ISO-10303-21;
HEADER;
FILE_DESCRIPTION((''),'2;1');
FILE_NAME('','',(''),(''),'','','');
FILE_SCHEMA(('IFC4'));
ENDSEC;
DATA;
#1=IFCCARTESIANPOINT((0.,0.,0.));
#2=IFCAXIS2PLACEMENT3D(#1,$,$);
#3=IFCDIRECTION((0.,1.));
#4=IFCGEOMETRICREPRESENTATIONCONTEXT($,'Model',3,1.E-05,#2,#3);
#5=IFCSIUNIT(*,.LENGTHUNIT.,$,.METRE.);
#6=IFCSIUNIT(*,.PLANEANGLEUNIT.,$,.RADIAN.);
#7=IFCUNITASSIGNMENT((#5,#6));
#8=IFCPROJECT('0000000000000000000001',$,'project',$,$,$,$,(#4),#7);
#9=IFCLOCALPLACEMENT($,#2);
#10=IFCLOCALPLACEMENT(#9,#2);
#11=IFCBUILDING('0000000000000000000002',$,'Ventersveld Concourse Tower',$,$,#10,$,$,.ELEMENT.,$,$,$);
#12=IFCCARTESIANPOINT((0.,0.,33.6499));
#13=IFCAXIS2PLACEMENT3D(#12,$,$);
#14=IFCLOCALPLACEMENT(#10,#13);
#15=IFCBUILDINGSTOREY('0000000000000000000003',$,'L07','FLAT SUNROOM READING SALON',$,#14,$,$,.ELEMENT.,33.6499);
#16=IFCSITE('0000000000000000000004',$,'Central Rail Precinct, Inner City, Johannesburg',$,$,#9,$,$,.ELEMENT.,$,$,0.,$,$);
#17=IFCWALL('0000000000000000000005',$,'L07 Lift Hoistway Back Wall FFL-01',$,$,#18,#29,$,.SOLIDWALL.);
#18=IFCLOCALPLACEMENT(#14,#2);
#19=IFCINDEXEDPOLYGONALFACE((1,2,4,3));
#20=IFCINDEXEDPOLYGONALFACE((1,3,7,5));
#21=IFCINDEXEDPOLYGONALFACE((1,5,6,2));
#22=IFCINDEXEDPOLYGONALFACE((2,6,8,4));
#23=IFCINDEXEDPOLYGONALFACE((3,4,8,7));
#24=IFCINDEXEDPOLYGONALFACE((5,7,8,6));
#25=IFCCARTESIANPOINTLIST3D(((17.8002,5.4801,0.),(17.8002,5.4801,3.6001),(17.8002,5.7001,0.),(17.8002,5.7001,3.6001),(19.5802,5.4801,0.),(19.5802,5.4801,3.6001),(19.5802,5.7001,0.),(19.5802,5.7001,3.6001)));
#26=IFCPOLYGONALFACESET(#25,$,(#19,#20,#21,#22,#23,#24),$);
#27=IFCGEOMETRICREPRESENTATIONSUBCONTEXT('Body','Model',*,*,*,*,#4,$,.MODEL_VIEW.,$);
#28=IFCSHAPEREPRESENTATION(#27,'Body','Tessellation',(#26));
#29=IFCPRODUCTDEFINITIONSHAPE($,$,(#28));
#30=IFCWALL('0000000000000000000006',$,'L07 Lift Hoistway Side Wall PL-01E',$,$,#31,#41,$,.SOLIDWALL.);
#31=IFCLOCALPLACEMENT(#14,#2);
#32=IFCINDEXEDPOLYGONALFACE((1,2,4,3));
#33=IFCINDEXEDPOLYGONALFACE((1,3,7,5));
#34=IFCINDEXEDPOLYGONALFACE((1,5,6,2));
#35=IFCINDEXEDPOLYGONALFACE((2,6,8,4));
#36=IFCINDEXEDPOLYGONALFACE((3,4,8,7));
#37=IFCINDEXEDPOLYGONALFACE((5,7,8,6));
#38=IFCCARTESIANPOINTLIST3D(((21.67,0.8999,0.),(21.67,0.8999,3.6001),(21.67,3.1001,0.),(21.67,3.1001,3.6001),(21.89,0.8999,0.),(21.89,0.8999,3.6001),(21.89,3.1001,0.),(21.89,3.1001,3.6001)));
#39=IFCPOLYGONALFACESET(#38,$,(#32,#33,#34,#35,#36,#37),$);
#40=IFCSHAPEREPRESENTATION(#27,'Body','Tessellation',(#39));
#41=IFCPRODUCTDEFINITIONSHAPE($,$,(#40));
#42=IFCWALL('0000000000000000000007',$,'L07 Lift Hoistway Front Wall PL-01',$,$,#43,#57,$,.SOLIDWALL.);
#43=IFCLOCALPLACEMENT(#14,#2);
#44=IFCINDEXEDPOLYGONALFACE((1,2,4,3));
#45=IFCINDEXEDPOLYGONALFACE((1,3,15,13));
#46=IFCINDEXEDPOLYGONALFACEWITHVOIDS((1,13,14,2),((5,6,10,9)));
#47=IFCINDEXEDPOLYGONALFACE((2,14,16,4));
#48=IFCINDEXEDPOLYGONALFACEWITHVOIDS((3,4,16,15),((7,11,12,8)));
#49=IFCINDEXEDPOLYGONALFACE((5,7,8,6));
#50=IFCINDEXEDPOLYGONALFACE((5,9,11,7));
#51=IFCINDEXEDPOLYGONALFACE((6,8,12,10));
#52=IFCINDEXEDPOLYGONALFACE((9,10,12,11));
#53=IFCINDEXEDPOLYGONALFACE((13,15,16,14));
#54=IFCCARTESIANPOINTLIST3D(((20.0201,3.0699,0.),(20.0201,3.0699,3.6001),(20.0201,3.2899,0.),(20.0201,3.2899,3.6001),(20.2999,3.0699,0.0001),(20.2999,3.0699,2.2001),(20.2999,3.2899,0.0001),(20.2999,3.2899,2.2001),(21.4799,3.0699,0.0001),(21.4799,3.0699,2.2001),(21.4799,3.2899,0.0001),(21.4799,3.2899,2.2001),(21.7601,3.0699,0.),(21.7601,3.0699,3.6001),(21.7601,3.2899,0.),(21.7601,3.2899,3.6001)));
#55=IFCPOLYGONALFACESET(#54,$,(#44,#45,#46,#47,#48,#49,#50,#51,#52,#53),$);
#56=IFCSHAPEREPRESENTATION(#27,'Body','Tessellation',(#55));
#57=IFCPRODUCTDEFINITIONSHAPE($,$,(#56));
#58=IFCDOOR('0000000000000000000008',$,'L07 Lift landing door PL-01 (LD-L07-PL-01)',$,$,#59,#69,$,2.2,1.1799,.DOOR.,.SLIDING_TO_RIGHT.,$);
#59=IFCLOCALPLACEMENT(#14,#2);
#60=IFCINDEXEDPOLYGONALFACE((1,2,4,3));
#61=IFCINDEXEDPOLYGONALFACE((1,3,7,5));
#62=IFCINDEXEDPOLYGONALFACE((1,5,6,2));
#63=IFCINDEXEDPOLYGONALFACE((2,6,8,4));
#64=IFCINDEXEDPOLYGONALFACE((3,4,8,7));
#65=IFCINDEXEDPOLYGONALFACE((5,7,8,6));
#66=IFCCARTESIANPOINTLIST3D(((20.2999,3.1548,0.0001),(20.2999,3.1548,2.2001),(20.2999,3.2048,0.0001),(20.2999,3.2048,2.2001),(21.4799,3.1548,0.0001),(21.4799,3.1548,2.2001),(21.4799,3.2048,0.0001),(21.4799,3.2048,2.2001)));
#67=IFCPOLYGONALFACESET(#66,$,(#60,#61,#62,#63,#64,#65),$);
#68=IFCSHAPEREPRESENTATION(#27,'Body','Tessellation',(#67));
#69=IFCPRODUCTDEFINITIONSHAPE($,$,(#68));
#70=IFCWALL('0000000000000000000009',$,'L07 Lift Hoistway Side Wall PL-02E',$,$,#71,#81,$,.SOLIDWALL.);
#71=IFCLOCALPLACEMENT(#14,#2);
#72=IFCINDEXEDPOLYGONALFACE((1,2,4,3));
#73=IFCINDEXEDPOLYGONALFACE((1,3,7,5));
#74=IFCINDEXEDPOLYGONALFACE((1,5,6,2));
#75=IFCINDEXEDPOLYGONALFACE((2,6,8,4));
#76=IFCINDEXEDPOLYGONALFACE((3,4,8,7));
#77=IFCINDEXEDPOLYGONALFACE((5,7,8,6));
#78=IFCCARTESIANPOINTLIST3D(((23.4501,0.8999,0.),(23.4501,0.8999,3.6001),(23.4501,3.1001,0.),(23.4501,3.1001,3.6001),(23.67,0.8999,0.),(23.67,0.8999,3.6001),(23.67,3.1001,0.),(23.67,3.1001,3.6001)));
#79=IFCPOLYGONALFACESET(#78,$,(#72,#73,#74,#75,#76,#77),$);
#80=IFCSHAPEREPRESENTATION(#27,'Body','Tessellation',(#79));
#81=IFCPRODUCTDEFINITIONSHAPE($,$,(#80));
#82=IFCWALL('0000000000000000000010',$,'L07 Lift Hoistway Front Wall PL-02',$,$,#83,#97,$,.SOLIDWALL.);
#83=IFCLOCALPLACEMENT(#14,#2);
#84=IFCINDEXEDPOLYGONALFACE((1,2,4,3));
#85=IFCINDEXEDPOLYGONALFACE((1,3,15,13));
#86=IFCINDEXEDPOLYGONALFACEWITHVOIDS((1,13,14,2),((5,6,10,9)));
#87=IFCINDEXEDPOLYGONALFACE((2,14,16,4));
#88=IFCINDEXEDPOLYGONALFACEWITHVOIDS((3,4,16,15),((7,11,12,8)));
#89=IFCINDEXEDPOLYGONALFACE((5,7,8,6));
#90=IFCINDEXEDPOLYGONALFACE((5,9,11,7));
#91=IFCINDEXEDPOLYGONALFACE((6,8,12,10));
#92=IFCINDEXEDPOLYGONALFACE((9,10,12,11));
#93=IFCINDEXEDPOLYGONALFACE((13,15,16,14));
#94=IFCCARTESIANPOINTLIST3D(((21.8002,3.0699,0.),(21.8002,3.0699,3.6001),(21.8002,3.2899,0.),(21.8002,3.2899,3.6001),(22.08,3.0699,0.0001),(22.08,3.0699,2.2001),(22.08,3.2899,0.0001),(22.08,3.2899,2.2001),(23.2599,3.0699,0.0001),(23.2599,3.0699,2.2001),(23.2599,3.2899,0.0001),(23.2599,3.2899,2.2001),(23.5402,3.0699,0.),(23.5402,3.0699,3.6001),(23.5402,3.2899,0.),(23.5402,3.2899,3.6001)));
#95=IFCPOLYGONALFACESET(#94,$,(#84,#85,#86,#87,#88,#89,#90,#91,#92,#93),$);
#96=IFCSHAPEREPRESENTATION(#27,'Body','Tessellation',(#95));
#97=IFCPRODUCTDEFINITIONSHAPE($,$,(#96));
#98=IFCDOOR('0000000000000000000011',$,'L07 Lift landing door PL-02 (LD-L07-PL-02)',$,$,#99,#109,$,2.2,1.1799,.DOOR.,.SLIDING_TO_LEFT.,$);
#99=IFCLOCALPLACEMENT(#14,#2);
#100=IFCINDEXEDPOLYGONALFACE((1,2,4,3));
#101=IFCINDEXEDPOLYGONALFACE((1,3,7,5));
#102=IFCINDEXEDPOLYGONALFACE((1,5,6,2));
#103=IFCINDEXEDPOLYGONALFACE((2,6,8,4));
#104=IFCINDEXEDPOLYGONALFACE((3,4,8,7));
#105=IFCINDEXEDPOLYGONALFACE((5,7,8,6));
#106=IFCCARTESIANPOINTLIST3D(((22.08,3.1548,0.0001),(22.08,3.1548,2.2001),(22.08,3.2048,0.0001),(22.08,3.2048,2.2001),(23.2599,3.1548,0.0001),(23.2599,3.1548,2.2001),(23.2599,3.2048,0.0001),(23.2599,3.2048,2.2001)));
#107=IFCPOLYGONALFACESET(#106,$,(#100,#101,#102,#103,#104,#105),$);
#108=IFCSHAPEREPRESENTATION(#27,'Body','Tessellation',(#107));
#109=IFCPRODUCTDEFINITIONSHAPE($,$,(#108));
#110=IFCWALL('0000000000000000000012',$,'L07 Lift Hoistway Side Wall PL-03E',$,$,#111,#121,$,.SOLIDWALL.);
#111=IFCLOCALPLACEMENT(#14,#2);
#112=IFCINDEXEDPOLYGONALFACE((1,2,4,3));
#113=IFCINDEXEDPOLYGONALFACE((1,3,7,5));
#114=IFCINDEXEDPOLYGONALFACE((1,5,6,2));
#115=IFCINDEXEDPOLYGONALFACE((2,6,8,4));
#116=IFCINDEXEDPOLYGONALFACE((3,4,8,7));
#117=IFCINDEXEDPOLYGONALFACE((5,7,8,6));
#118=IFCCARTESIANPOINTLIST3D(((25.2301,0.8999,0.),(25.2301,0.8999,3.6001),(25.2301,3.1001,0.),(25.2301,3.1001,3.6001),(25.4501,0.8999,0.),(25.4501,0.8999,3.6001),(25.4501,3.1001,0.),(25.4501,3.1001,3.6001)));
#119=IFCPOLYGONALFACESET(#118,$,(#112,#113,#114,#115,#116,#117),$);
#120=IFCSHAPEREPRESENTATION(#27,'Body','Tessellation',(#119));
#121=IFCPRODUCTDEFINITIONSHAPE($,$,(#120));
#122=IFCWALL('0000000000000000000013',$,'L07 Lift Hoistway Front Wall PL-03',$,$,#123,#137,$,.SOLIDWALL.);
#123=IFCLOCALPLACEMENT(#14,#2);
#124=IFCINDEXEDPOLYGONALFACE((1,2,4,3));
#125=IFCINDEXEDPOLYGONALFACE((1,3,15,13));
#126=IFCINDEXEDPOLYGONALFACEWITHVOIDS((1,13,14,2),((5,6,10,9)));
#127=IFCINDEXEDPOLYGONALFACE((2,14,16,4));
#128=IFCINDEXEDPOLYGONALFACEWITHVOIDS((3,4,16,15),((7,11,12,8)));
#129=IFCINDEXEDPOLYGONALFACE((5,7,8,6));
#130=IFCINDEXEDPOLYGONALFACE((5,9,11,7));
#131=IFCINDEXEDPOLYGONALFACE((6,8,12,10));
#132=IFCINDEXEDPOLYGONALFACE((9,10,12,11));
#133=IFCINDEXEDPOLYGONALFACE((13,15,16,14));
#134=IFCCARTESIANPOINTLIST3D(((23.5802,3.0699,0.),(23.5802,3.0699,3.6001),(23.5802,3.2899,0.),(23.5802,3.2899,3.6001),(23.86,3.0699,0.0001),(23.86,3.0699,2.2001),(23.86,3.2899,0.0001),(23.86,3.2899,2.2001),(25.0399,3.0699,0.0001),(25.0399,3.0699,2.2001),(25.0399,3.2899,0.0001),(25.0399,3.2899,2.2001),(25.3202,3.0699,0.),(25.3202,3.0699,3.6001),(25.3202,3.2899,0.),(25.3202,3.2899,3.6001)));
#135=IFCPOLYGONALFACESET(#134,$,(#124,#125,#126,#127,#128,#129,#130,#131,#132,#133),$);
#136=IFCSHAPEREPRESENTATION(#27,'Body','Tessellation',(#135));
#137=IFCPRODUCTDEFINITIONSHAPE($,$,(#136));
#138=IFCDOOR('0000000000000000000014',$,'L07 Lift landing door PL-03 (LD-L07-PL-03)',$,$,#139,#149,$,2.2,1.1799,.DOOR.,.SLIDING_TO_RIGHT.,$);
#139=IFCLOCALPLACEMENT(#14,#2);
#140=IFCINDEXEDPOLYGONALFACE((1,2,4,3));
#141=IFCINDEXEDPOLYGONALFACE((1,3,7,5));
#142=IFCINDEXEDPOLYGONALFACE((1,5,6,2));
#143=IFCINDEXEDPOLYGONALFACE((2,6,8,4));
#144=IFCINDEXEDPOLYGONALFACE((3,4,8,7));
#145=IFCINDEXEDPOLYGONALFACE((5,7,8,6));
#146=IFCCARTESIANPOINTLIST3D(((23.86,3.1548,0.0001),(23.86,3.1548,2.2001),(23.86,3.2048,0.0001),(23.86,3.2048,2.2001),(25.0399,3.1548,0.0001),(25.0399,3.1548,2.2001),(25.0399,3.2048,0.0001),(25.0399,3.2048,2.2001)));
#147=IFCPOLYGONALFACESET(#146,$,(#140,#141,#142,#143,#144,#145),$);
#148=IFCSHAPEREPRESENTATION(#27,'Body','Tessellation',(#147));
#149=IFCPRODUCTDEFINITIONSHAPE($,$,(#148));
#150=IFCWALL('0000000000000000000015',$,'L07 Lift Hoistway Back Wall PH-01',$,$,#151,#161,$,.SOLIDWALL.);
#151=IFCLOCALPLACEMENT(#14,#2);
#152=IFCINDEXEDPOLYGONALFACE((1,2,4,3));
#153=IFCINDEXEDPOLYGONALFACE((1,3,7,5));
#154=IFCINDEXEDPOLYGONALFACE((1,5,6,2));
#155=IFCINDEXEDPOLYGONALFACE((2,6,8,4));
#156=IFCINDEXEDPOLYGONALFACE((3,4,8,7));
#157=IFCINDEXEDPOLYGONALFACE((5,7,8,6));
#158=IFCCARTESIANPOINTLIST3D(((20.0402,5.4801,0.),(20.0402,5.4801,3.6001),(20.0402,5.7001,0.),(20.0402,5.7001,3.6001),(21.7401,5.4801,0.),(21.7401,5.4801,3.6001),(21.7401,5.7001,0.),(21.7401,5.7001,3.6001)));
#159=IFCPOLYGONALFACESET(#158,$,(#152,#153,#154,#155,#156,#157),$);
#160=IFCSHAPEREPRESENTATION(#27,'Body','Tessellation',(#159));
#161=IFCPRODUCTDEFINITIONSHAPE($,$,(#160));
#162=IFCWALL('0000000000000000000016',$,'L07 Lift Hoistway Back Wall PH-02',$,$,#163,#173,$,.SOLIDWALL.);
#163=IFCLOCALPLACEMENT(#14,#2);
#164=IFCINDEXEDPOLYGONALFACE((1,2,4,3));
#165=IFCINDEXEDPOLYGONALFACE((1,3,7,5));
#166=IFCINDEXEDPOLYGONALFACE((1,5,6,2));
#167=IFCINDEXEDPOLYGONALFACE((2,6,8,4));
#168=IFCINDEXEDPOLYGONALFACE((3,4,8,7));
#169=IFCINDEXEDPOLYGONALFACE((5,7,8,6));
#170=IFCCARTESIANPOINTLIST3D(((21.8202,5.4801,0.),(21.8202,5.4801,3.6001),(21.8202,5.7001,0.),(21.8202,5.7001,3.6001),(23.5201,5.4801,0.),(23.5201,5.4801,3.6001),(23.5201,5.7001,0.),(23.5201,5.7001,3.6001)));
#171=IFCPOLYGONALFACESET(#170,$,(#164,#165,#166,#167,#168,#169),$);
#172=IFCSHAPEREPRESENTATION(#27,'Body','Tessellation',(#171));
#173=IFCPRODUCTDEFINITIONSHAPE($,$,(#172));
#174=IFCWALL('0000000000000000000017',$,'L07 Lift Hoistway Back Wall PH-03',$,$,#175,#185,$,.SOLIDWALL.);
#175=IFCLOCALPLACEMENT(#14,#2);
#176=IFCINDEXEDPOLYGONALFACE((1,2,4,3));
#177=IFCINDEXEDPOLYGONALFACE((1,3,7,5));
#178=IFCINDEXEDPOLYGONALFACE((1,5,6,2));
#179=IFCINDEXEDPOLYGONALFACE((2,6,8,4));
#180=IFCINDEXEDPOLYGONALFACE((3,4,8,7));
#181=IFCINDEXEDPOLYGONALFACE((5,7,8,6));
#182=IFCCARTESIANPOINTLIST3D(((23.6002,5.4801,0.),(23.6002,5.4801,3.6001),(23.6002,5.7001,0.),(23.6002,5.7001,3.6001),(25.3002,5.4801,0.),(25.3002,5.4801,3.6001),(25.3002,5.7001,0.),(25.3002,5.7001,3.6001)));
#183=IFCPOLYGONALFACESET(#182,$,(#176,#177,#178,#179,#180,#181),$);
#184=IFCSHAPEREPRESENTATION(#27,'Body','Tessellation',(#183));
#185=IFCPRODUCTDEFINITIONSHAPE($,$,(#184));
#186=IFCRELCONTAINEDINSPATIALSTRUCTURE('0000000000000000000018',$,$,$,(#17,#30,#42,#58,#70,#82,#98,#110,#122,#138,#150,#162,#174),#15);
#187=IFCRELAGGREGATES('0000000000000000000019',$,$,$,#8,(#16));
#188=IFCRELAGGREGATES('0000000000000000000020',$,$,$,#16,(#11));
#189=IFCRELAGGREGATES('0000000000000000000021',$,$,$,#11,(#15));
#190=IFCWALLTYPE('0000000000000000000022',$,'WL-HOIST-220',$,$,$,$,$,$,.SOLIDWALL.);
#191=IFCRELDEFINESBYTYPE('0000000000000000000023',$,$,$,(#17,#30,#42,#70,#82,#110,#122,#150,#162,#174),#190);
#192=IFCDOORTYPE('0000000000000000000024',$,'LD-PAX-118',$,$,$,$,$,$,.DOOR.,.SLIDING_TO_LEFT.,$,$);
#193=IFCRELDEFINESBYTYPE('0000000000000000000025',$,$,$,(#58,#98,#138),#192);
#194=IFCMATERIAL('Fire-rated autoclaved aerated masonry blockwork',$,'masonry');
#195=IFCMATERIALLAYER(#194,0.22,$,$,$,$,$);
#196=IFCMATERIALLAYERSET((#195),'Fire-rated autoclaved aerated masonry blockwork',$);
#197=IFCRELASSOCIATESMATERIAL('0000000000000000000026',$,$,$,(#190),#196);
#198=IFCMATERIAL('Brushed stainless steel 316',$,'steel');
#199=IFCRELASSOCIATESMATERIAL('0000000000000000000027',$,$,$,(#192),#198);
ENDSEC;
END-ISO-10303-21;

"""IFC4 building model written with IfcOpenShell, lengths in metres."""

from ifc_helpers import new_model, si_unit, direction, frame, frame_2d, origin, place, context, subcontext, project, spatial, rectangle, extrude, material, layer, layer_set, type_object, element, fill, save


model = new_model("IFC4")

# Units and contexts
model_context = context("Model", 3, precision=1e-05, world=origin(), true_north=direction((0.0, 1.0)))
body_context = subcontext(model_context, "Body", "Model", "MODEL_VIEW")
ifc_project = project(units=[si_unit("LENGTHUNIT", "METRE"), si_unit("PLANEANGLEUNIT", "RADIAN")], contexts=[model_context])

# Site, building, storey
site_placement = place(None, origin())
site = spatial("IfcSite", under=ifc_project, at=site_placement, Name="Central Rail Precinct, Inner City, Johannesburg", CompositionType="ELEMENT", RefElevation=0.0)
building_placement = place(site_placement, origin())
building = spatial("IfcBuilding", under=site, at=building_placement, Name="Ventersveld Concourse Tower", CompositionType="ELEMENT")
storey_placement = place(building_placement, frame((0.0, 0.0, 33.6499)))
storey = spatial("IfcBuildingStorey", under=building, at=storey_placement, Name="L07", Description="FLAT SUNROOM READING SALON", CompositionType="ELEMENT", Elevation=33.6499)

# Walls
ifc_material_1 = material(Name="Fire-rated autoclaved aerated masonry blockwork", Category="masonry")
ifc_layer_1 = layer(ifc_material_1, 0.22)
ifc_layer_set_1 = layer_set([ifc_layer_1], Name="Fire-rated autoclaved aerated masonry blockwork")
wall_type_1 = type_object("IfcWallType", Name="WL-HOIST-220", PredefinedType="SOLIDWALL", material=ifc_layer_set_1)
wall_1_placement = place(storey_placement, frame((17.8, 5.5901, 0.0), z_axis=(0.0, 0.0, 1.0), x_axis=(1.0, 0.0, 0.0)))
element("IfcWall", 1, at=wall_1_placement, inside=storey, type_object=wall_type_1, Name="L07 Lift Hoistway Back Wall FFL-01", PredefinedType="SOLIDWALL", context=body_context, shape_type="SweptSolid", body=[
    extrude(rectangle(XDim=1.78, YDim=0.22, at=frame_2d((0.8901, 0.0))), origin(), (0.0, 0.0, 1.0), 3.6001),
])
wall_2_placement = place(storey_placement, frame((21.78, 0.8999, 0.0), z_axis=(0.0, 0.0, 1.0), x_axis=(0.0, 1.0, 0.0)))
element("IfcWall", 2, at=wall_2_placement, inside=storey, type_object=wall_type_1, Name="L07 Lift Hoistway Side Wall PL-01E", PredefinedType="SOLIDWALL", context=body_context, shape_type="SweptSolid", body=[
    extrude(rectangle(XDim=2.2002, YDim=0.22, at=frame_2d((1.1001, 0.0))), origin(), (0.0, 0.0, 1.0), 3.6001),
])

# Wall, opening, door
wall_3_placement = place(storey_placement, frame((20.02, 3.1799, 0.0), z_axis=(0.0, 0.0, 1.0), x_axis=(1.0, 0.0, 0.0)))
wall_3 = element("IfcWall", 3, at=wall_3_placement, inside=storey, type_object=wall_type_1, Name="L07 Lift Hoistway Front Wall PL-01", PredefinedType="SOLIDWALL", context=body_context, shape_type="SweptSolid", body=[
    extrude(rectangle(XDim=1.74, YDim=0.22, at=frame_2d((0.8701, 0.0))), origin(), (0.0, 0.0, 1.0), 3.6001),
])
opening_1_placement = place(wall_3_placement, frame((0.28, 0.0, 0.0)))
opening_1 = element("IfcOpeningElement", 4, at=opening_1_placement, cuts=wall_3, PredefinedType="OPENING", context=body_context, shape_type="SweptSolid", body=[
    extrude(rectangle(XDim=1.1799, YDim=2.2, at=frame_2d((0.5898, 1.1001))), frame((0.0, 0.1201, 0.0), z_axis=(0.0, -1.0, 0.0), x_axis=(1.0, 0.0, 0.0)), (0.0, 0.0, 1.0), 0.24),
])
ifc_material_2 = material(Name="Brushed stainless steel 316", Category="steel")
door_type = type_object("IfcDoorType", Name="LD-PAX-118", OperationType="SLIDING_TO_LEFT", PredefinedType="DOOR", material=ifc_material_2)
door_1_placement = place(opening_1_placement, origin())
door_1 = element("IfcDoor", 5, at=door_1_placement, inside=storey, type_object=door_type, Name="L07 Lift landing door PL-01 (LD-L07-PL-01)", OperationType="SLIDING_TO_RIGHT", OverallHeight=2.2, OverallWidth=1.1799, PredefinedType="DOOR", context=body_context, shape_type="SweptSolid", body=[
    extrude(rectangle(XDim=1.1799, YDim=2.2, at=frame_2d((0.5898, 1.1001))), frame((0.0, 0.0249, 0.0), z_axis=(0.0, -1.0, 0.0), x_axis=(1.0, 0.0, 0.0)), (0.0, 0.0, 1.0), 0.05),
])
fill(opening_1, door_1)

# Wall
wall_4_placement = place(storey_placement, frame((23.5601, 0.8999, 0.0), z_axis=(0.0, 0.0, 1.0), x_axis=(0.0, 1.0, 0.0)))
element("IfcWall", 6, at=wall_4_placement, inside=storey, type_object=wall_type_1, Name="L07 Lift Hoistway Side Wall PL-02E", PredefinedType="SOLIDWALL", context=body_context, shape_type="SweptSolid", body=[
    extrude(rectangle(XDim=2.2002, YDim=0.22, at=frame_2d((1.1001, 0.0))), origin(), (0.0, 0.0, 1.0), 3.6001),
])

# Wall, opening, door
wall_5_placement = place(storey_placement, frame((21.8, 3.1799, 0.0), z_axis=(0.0, 0.0, 1.0), x_axis=(1.0, 0.0, 0.0)))
wall_5 = element("IfcWall", 7, at=wall_5_placement, inside=storey, type_object=wall_type_1, Name="L07 Lift Hoistway Front Wall PL-02", PredefinedType="SOLIDWALL", context=body_context, shape_type="SweptSolid", body=[
    extrude(rectangle(XDim=1.74, YDim=0.22, at=frame_2d((0.8701, 0.0))), origin(), (0.0, 0.0, 1.0), 3.6001),
])
opening_2_placement = place(wall_5_placement, frame((0.28, 0.0, 0.0)))
opening_2 = element("IfcOpeningElement", 8, at=opening_2_placement, cuts=wall_5, PredefinedType="OPENING", context=body_context, shape_type="SweptSolid", body=[
    extrude(rectangle(XDim=1.1799, YDim=2.2, at=frame_2d((0.5898, 1.1001))), frame((0.0, 0.1201, 0.0), z_axis=(0.0, -1.0, 0.0), x_axis=(1.0, 0.0, 0.0)), (0.0, 0.0, 1.0), 0.24),
])
door_2_placement = place(opening_2_placement, origin())
door_2 = element("IfcDoor", 9, at=door_2_placement, inside=storey, type_object=door_type, Name="L07 Lift landing door PL-02 (LD-L07-PL-02)", OperationType="SLIDING_TO_LEFT", OverallHeight=2.2, OverallWidth=1.1799, PredefinedType="DOOR", context=body_context, shape_type="SweptSolid", body=[
    extrude(rectangle(XDim=1.1799, YDim=2.2, at=frame_2d((0.5898, 1.1001))), frame((0.0, 0.0249, 0.0), z_axis=(0.0, -1.0, 0.0), x_axis=(1.0, 0.0, 0.0)), (0.0, 0.0, 1.0), 0.05),
])
fill(opening_2, door_2)

# Wall
wall_6_placement = place(storey_placement, frame((25.3401, 0.8999, 0.0), z_axis=(0.0, 0.0, 1.0), x_axis=(0.0, 1.0, 0.0)))
element("IfcWall", 10, at=wall_6_placement, inside=storey, type_object=wall_type_1, Name="L07 Lift Hoistway Side Wall PL-03E", PredefinedType="SOLIDWALL", context=body_context, shape_type="SweptSolid", body=[
    extrude(rectangle(XDim=2.2002, YDim=0.22, at=frame_2d((1.1001, 0.0))), origin(), (0.0, 0.0, 1.0), 3.6001),
])

# Wall, opening, door
wall_7_placement = place(storey_placement, frame((23.5801, 3.1799, 0.0), z_axis=(0.0, 0.0, 1.0), x_axis=(1.0, 0.0, 0.0)))
wall_7 = element("IfcWall", 11, at=wall_7_placement, inside=storey, type_object=wall_type_1, Name="L07 Lift Hoistway Front Wall PL-03", PredefinedType="SOLIDWALL", context=body_context, shape_type="SweptSolid", body=[
    extrude(rectangle(XDim=1.74, YDim=0.22, at=frame_2d((0.8701, 0.0))), origin(), (0.0, 0.0, 1.0), 3.6001),
])
opening_3_placement = place(wall_7_placement, frame((0.28, 0.0, 0.0)))
opening_3 = element("IfcOpeningElement", 12, at=opening_3_placement, cuts=wall_7, PredefinedType="OPENING", context=body_context, shape_type="SweptSolid", body=[
    extrude(rectangle(XDim=1.1799, YDim=2.2, at=frame_2d((0.5898, 1.1001))), frame((0.0, 0.1201, 0.0), z_axis=(0.0, -1.0, 0.0), x_axis=(1.0, 0.0, 0.0)), (0.0, 0.0, 1.0), 0.24),
])
door_3_placement = place(opening_3_placement, origin())
door_3 = element("IfcDoor", 13, at=door_3_placement, inside=storey, type_object=door_type, Name="L07 Lift landing door PL-03 (LD-L07-PL-03)", OperationType="SLIDING_TO_RIGHT", OverallHeight=2.2, OverallWidth=1.1799, PredefinedType="DOOR", context=body_context, shape_type="SweptSolid", body=[
    extrude(rectangle(XDim=1.1799, YDim=2.2, at=frame_2d((0.5898, 1.1001))), frame((0.0, 0.0249, 0.0), z_axis=(0.0, -1.0, 0.0), x_axis=(1.0, 0.0, 0.0)), (0.0, 0.0, 1.0), 0.05),
])
fill(opening_3, door_3)

# Walls
for number, where, z_axis, x_axis, name in (
    (14, (20.04, 5.5901, 0.0), (0.0, 0.0, 1.0), (1.0, 0.0, 0.0), "L07 Lift Hoistway Back Wall PH-01"),
    (15, (21.8201, 5.5901, 0.0), (0.0, 0.0, 1.0), (1.0, 0.0, 0.0), "L07 Lift Hoistway Back Wall PH-02"),
    (16, (23.6001, 5.5901, 0.0), (0.0, 0.0, 1.0), (1.0, 0.0, 0.0), "L07 Lift Hoistway Back Wall PH-03"),
):
    element("IfcWall", number, at=place(storey_placement, frame(where, z_axis=z_axis, x_axis=x_axis)), inside=storey, type_object=wall_type_1, Name=name, PredefinedType="SOLIDWALL", context=body_context, shape_type="SweptSolid", body=[
        extrude(rectangle(XDim=1.7, YDim=0.22, at=frame_2d((0.8501, 0.0))), origin(), (0.0, 0.0, 1.0), 3.6001),
    ])

save(model, "model.ifc")
